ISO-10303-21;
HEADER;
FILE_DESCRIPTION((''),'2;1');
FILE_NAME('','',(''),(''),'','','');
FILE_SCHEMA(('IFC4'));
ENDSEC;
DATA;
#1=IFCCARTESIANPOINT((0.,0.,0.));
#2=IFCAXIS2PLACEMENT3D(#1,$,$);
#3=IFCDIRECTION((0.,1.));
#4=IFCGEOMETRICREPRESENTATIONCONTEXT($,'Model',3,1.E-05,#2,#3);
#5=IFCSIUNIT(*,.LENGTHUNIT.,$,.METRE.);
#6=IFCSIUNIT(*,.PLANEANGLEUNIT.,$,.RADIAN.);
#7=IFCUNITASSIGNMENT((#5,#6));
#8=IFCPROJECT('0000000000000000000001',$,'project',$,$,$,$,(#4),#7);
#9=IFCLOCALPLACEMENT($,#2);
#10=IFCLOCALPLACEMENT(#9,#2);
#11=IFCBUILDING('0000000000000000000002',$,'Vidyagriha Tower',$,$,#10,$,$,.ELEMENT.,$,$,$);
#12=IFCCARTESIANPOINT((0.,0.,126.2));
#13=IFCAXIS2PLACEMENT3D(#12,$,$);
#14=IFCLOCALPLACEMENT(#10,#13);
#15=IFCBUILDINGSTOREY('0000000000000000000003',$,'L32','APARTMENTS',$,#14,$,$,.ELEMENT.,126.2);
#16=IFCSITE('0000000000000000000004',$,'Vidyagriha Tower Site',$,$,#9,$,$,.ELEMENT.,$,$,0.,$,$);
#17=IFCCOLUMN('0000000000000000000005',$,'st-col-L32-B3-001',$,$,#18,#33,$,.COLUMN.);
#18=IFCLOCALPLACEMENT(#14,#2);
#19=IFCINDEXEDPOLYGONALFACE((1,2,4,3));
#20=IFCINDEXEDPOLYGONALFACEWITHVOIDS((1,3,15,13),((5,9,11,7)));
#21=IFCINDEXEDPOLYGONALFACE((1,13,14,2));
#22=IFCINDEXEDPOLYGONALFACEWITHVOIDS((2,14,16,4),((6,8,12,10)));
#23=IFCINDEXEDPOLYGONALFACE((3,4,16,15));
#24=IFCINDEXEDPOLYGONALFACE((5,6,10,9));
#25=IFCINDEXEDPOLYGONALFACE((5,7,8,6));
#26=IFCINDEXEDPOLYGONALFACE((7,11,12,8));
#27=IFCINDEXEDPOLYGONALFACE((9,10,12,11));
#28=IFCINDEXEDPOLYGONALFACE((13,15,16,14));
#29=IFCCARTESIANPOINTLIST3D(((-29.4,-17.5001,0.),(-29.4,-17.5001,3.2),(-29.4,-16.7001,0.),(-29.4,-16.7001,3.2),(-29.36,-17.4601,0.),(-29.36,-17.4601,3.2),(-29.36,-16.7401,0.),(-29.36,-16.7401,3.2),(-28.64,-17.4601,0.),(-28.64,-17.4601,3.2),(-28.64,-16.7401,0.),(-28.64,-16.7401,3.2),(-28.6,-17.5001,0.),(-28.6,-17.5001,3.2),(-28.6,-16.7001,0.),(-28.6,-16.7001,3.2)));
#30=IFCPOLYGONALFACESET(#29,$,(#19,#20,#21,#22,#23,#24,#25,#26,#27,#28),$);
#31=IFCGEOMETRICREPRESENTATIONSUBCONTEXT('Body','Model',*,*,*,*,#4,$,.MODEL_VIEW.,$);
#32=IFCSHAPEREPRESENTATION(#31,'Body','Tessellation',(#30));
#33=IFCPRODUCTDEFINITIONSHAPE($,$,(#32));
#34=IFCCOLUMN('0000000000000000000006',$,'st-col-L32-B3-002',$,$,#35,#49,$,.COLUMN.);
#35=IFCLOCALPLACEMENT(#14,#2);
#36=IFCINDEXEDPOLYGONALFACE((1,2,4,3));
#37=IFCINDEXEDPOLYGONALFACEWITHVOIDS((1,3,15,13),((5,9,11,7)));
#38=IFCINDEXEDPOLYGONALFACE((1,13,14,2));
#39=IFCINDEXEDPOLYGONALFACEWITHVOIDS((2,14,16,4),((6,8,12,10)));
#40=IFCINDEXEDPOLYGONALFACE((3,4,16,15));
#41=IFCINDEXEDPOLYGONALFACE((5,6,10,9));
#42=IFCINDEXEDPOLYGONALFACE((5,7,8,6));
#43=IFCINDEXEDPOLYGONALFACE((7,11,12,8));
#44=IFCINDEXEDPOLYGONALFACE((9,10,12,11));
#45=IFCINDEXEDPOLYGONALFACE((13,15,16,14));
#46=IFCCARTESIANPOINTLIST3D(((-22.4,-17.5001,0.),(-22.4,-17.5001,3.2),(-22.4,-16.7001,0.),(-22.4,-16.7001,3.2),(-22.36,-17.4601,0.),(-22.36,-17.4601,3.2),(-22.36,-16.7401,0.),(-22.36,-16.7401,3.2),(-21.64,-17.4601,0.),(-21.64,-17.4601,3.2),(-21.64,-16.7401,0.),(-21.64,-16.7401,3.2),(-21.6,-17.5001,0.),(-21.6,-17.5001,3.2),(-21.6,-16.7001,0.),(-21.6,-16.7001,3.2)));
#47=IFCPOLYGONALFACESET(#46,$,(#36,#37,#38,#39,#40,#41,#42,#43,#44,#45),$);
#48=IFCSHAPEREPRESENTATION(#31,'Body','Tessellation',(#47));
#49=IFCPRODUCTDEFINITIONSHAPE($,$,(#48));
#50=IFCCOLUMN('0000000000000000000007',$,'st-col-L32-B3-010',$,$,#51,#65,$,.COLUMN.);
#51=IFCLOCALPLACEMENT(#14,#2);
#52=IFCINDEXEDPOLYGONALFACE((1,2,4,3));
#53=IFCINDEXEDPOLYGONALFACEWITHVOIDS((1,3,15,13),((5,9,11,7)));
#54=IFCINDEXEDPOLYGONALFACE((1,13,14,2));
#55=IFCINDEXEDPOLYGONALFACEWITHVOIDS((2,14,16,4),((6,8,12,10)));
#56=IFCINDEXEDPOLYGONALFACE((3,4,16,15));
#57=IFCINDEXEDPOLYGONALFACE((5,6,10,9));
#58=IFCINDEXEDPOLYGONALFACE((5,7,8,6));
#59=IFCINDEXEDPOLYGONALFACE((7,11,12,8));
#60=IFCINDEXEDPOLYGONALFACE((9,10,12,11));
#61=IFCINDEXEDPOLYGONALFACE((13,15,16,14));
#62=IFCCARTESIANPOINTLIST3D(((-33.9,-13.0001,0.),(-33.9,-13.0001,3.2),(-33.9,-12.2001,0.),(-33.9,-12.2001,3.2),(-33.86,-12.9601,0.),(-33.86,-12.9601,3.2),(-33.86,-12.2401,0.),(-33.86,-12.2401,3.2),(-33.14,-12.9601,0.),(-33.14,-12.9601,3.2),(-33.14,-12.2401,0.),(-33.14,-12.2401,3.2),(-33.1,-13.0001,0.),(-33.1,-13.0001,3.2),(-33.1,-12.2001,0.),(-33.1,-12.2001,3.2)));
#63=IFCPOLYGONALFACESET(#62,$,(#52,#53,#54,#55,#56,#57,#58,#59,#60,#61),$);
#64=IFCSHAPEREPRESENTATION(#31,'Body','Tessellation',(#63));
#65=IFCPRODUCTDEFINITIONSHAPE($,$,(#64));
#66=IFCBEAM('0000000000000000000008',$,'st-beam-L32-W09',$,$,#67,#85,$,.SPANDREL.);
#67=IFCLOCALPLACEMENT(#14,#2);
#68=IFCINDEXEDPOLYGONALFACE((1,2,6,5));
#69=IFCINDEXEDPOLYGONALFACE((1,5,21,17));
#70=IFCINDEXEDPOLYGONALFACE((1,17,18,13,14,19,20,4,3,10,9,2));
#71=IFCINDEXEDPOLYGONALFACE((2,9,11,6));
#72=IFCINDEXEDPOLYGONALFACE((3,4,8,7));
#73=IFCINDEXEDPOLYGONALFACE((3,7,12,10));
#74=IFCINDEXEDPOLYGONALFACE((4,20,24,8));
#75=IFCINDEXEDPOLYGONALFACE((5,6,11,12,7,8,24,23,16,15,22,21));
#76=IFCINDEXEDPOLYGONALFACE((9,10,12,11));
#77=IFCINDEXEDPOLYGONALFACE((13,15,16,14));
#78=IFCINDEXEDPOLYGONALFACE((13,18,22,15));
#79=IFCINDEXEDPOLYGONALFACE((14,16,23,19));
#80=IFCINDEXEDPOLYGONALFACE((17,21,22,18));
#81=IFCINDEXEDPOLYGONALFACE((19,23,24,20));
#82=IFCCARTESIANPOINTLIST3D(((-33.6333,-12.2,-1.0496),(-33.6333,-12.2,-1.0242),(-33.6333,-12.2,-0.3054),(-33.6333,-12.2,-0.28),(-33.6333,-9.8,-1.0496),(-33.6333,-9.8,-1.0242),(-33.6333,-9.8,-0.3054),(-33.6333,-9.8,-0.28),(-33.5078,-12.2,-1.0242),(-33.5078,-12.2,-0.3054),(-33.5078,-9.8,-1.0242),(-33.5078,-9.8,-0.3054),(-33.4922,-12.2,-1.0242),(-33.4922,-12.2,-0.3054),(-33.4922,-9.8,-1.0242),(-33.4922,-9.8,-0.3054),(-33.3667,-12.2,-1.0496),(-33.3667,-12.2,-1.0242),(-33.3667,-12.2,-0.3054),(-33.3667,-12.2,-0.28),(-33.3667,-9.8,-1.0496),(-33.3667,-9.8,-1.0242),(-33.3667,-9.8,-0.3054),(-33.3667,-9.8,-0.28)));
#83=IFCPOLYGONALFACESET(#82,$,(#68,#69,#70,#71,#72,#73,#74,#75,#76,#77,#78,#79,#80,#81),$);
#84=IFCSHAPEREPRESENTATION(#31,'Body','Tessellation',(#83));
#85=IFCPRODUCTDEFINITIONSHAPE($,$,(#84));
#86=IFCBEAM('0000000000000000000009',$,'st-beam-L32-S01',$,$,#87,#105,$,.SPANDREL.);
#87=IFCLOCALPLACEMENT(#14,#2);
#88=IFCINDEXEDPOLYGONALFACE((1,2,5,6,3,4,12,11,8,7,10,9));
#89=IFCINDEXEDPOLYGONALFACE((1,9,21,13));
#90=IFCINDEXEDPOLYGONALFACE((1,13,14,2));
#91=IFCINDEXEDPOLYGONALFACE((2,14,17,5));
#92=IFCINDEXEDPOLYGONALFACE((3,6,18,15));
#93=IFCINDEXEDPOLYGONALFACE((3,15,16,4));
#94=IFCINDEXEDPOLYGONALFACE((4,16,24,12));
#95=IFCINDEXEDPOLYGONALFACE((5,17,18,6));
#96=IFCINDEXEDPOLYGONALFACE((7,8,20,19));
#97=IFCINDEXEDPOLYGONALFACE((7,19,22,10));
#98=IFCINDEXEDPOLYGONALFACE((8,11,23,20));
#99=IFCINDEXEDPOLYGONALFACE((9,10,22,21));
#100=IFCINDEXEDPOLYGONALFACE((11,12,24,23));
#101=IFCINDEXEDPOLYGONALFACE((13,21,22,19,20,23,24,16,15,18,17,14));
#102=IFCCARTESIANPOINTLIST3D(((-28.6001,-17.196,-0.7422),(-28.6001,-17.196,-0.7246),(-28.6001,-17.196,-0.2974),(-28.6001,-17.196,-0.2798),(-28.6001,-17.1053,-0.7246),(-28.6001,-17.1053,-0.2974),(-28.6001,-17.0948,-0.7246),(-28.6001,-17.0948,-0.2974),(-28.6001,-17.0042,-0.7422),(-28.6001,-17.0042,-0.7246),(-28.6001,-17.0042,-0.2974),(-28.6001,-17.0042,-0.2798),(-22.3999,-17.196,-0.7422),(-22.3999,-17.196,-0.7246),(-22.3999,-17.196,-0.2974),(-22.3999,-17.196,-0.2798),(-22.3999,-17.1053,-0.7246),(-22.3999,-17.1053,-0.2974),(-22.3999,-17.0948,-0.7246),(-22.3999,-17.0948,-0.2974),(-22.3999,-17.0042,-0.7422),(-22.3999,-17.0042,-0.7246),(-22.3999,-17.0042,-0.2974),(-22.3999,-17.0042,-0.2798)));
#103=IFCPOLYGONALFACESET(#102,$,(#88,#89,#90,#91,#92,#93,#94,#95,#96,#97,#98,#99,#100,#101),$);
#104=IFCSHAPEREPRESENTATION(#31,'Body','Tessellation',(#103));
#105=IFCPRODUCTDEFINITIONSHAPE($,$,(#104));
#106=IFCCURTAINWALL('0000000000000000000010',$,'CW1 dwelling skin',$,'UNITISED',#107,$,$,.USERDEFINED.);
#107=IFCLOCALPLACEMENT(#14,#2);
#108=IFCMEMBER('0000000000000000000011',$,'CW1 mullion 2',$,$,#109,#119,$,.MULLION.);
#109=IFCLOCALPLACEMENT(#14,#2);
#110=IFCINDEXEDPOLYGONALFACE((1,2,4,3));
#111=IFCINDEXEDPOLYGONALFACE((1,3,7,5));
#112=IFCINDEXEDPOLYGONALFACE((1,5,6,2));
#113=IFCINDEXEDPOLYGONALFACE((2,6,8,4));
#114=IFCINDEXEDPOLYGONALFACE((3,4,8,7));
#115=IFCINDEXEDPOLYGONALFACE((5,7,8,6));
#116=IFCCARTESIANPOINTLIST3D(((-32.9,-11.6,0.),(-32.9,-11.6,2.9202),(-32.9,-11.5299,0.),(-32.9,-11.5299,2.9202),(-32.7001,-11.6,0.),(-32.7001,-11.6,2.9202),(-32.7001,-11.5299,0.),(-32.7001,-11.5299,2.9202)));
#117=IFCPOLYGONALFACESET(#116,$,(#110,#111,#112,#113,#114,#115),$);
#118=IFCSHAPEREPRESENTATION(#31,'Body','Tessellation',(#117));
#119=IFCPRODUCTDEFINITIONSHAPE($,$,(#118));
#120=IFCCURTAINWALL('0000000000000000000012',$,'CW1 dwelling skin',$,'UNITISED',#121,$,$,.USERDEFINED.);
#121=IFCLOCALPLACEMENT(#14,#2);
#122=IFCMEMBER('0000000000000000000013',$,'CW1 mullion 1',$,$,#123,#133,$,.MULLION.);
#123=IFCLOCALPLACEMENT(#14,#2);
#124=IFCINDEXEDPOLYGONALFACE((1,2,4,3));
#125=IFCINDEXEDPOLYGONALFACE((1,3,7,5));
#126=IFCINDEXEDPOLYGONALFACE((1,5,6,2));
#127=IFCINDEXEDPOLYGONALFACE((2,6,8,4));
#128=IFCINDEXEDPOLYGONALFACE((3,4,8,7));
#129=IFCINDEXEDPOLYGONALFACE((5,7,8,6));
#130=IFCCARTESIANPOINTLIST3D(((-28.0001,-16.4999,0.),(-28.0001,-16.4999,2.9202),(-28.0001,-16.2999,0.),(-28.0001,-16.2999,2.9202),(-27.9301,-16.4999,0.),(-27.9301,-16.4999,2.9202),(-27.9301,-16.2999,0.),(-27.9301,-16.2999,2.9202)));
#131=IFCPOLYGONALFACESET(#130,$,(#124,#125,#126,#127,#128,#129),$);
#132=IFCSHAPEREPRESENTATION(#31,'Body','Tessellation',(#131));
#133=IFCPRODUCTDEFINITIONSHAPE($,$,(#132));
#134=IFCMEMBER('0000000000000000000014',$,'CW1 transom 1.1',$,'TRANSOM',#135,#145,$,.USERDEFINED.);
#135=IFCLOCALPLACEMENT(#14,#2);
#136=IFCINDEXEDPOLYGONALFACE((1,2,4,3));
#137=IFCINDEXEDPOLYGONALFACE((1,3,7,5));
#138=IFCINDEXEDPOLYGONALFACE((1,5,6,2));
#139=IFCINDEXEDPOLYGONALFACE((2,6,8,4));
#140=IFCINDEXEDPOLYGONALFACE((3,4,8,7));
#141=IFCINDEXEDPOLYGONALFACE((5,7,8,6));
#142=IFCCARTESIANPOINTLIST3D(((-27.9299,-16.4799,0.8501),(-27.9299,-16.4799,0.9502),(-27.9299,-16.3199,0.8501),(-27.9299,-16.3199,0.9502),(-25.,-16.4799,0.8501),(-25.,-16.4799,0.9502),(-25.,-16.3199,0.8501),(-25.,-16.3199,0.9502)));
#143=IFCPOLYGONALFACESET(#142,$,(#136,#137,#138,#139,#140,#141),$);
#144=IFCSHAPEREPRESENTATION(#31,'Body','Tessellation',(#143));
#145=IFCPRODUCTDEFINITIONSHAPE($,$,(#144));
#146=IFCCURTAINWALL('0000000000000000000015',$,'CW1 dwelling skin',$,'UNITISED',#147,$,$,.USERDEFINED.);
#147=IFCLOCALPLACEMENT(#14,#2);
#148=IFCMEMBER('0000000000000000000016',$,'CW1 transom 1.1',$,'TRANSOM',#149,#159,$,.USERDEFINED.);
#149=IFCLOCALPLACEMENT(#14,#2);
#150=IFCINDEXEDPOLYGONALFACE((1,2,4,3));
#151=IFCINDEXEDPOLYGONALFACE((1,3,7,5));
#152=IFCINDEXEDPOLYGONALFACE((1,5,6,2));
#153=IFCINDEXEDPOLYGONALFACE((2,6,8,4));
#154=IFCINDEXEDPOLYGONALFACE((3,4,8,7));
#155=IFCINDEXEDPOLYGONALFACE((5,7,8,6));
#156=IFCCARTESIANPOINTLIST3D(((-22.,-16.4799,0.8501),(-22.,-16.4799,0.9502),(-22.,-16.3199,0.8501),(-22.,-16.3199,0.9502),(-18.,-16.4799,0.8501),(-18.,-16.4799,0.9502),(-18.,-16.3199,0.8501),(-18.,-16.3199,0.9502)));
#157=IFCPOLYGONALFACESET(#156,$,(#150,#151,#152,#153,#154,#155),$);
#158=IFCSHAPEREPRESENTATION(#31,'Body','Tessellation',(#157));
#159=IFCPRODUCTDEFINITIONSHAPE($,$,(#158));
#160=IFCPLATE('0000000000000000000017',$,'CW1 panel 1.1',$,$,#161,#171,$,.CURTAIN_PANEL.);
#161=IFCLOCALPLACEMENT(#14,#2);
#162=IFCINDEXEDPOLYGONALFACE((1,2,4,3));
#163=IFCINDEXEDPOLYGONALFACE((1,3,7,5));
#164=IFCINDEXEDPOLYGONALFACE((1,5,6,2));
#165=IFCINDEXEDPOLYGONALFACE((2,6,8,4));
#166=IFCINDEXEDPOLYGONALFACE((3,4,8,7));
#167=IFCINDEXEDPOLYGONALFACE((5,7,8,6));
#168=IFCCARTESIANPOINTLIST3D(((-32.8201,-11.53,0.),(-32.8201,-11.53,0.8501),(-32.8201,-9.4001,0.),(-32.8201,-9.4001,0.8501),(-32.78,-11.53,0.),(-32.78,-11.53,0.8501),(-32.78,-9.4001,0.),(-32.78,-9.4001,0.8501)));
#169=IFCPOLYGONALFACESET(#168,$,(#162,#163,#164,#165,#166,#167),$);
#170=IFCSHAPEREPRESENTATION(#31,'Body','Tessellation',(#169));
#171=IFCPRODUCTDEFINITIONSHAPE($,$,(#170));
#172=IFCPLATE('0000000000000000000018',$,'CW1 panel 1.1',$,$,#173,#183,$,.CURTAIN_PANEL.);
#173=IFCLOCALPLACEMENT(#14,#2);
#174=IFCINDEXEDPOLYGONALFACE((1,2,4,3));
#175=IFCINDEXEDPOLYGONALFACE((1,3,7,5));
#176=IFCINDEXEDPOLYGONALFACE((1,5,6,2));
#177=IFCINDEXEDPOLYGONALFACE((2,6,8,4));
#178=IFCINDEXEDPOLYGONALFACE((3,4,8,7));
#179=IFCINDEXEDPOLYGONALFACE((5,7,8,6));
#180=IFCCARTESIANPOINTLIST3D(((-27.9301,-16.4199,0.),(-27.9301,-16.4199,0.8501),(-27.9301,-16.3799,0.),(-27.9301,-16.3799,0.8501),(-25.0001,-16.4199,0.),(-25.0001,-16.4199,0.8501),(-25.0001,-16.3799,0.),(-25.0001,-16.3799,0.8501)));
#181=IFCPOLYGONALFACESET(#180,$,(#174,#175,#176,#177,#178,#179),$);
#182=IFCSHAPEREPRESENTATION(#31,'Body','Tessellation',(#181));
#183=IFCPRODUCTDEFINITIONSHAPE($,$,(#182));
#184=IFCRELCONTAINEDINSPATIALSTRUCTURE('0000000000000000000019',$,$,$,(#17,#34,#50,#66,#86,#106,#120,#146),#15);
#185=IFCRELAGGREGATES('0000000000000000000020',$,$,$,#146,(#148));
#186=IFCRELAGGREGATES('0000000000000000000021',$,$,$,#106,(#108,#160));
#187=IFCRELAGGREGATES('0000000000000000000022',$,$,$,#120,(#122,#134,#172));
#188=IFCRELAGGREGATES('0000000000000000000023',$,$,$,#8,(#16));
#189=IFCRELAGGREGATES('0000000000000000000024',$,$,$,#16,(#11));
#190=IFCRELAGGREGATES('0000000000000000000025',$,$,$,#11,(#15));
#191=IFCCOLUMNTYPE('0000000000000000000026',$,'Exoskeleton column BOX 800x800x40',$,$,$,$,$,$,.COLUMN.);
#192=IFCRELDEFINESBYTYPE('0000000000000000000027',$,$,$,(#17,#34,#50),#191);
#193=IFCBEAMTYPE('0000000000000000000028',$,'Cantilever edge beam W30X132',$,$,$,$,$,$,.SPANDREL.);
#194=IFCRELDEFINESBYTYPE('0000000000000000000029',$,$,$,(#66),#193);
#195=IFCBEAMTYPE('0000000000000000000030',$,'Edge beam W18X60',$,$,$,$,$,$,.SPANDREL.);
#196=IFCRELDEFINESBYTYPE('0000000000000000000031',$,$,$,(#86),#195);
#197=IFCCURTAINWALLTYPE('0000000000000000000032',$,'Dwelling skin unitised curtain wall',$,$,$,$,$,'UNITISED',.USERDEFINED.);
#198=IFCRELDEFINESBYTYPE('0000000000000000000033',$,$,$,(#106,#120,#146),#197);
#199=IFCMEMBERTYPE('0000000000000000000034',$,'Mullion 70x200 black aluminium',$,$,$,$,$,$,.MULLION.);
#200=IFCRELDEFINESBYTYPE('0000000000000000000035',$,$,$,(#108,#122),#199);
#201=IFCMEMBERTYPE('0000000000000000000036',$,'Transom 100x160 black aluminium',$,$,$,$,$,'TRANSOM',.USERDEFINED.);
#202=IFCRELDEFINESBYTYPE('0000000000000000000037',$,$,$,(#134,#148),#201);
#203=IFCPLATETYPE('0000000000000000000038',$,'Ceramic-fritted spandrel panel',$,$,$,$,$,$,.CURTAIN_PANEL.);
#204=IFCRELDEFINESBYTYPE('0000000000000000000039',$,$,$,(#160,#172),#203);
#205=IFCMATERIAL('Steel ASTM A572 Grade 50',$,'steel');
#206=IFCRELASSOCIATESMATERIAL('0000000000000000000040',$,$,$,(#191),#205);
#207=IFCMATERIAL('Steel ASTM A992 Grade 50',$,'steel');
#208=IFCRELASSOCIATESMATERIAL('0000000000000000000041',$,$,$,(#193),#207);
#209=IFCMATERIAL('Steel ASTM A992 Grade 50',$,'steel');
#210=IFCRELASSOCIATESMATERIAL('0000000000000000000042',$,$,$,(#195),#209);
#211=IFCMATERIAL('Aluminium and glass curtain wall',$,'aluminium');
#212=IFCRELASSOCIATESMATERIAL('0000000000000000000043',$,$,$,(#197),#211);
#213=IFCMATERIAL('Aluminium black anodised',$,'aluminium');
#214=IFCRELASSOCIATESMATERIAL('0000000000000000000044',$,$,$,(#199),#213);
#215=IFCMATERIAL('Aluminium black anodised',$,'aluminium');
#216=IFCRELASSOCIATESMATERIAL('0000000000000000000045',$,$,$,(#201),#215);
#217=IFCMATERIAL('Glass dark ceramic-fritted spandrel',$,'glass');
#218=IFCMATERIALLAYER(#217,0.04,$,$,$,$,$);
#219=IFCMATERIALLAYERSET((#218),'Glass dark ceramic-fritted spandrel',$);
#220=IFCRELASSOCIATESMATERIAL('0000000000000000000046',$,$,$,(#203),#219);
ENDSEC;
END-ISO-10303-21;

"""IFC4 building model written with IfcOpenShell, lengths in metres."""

from ifc_helpers import new_model, si_unit, direction, frame, origin, origin_2d, place, context, subcontext, project, spatial, rectangle, hollow_rectangle, i_section, extrude, material, layer, layer_set, material_profile, profile_set, type_object, element, aggregate, save


model = new_model("IFC4")

# Units and contexts
model_context = context("Model", 3, precision=1e-05, world=origin(), true_north=direction((0.0, 1.0)))
body_context = subcontext(model_context, "Body", "Model", "MODEL_VIEW")
ifc_project = project(units=[si_unit("LENGTHUNIT", "METRE"), si_unit("PLANEANGLEUNIT", "RADIAN")], contexts=[model_context])

# Site, building, storey
site_placement = place(None, origin())
site = spatial("IfcSite", under=ifc_project, at=site_placement, Name="Vidyagriha Tower Site", CompositionType="ELEMENT", RefElevation=0.0)
building_placement = place(site_placement, origin())
building = spatial("IfcBuilding", under=site, at=building_placement, Name="Vidyagriha Tower", CompositionType="ELEMENT")
storey_placement = place(building_placement, frame((0.0, 0.0, 126.2)))
storey = spatial("IfcBuildingStorey", under=building, at=storey_placement, Name="L32", Description="APARTMENTS", CompositionType="ELEMENT", Elevation=126.2)

# Columns
ifc_material_1 = material(Name="Steel ASTM A572 Grade 50", Category="steel")
ifc_material_profile_1 = material_profile(ifc_material_1, hollow_rectangle(XDim=0.8, YDim=0.8, WallThickness=0.04, at=origin_2d()), Name="BOX 800x800x40")
ifc_profile_set_1 = profile_set([ifc_material_profile_1], Name="Steel ASTM A572 Grade 50")
column_type = type_object("IfcColumnType", Name="Exoskeleton column BOX 800x800x40", PredefinedType="COLUMN", material=ifc_profile_set_1)
for number, where, name in (
    (1, (-29.0, -17.1001, 0.0), "st-col-L32-B3-001"),
    (2, (-22.0, -17.1001, 0.0), "st-col-L32-B3-002"),
    (3, (-33.5, -12.6001, 0.0), "st-col-L32-B3-010"),
):
    element("IfcColumn", number, at=place(storey_placement, frame(where)), inside=storey, type_object=column_type, Name=name, PredefinedType="COLUMN", context=body_context, shape_type="SweptSolid", body=[
        extrude(hollow_rectangle(XDim=0.8, YDim=0.8, WallThickness=0.04, at=origin_2d()), origin(), (0.0, 0.0, 1.0), 3.2),
    ])

# Beams
ifc_material_2 = material(Name="Steel ASTM A992 Grade 50", Category="steel")
ifc_material_profile_2 = material_profile(ifc_material_2, i_section(OverallWidth=0.2666, OverallDepth=0.7695, WebThickness=0.0156, FlangeThickness=0.0254, at=origin_2d()), Name="W30X132")
ifc_profile_set_2 = profile_set([ifc_material_profile_2], Name="Steel ASTM A992 Grade 50")
beam_type_1 = type_object("IfcBeamType", Name="Cantilever edge beam W30X132", PredefinedType="SPANDREL", material=ifc_profile_set_2)
beam_1_placement = place(storey_placement, frame((-33.5, -12.2, -0.6648), z_axis=(0.0, 1.0, 0.0), x_axis=(-1.0, 0.0, 0.0)))
element("IfcBeam", 4, at=beam_1_placement, inside=storey, type_object=beam_type_1, Name="st-beam-L32-W09", PredefinedType="SPANDREL", context=body_context, shape_type="SweptSolid", body=[
    extrude(i_section(OverallWidth=0.2666, OverallDepth=0.7695, WebThickness=0.0156, FlangeThickness=0.0254, at=origin_2d()), origin(), (0.0, 0.0, 1.0), 2.3999),
])
ifc_material_3 = material(Name="Steel ASTM A992 Grade 50", Category="steel")
ifc_material_profile_3 = material_profile(ifc_material_3, i_section(OverallWidth=0.1919, OverallDepth=0.4624, WebThickness=0.0105, FlangeThickness=0.0176, at=origin_2d()), Name="W18X60")
ifc_profile_set_3 = profile_set([ifc_material_profile_3], Name="Steel ASTM A992 Grade 50")
beam_type_2 = type_object("IfcBeamType", Name="Edge beam W18X60", PredefinedType="SPANDREL", material=ifc_profile_set_3)
beam_2_placement = place(storey_placement, frame((-28.6001, -17.1001, -0.511), z_axis=(1.0, 0.0, 0.0), x_axis=(0.0, 1.0, 0.0)))
element("IfcBeam", 5, at=beam_2_placement, inside=storey, type_object=beam_type_2, Name="st-beam-L32-S01", PredefinedType="SPANDREL", context=body_context, shape_type="SweptSolid", body=[
    extrude(i_section(OverallWidth=0.1919, OverallDepth=0.4624, WebThickness=0.0105, FlangeThickness=0.0176, at=origin_2d()), origin(), (0.0, 0.0, 1.0), 6.2002),
])

# Curtain wall, member
ifc_material_4 = material(Name="Aluminium and glass curtain wall", Category="aluminium")
curtain_wall_type = type_object("IfcCurtainWallType", Name="Dwelling skin unitised curtain wall", ElementType="UNITISED", PredefinedType="USERDEFINED", material=ifc_material_4)
curtain_wall_1_placement = place(storey_placement, origin())
curtain_wall_1 = element("IfcCurtainWall", 6, at=curtain_wall_1_placement, inside=storey, type_object=curtain_wall_type, Name="CW1 dwelling skin", ObjectType="UNITISED", PredefinedType="USERDEFINED")
ifc_material_5 = material(Name="Aluminium black anodised", Category="aluminium")
ifc_material_profile_4 = material_profile(ifc_material_5, rectangle(XDim=0.2, YDim=0.0701, at=origin_2d()), Name="Mullion 70x200 black aluminium")
ifc_profile_set_4 = profile_set([ifc_material_profile_4], Name="Aluminium black anodised")
member_type_1 = type_object("IfcMemberType", Name="Mullion 70x200 black aluminium", PredefinedType="MULLION", material=ifc_profile_set_4)
member_1_placement = place(storey_placement, frame((-32.8, -11.5649, 0.0)))
member_1 = element("IfcMember", 7, at=member_1_placement, type_object=member_type_1, Name="CW1 mullion 2", PredefinedType="MULLION", context=body_context, shape_type="SweptSolid", body=[
    extrude(rectangle(XDim=0.2, YDim=0.0701, at=origin_2d()), origin(), (0.0, 0.0, 1.0), 2.9202),
])

# Curtain wall, members
curtain_wall_2_placement = place(storey_placement, origin())
curtain_wall_2 = element("IfcCurtainWall", 8, at=curtain_wall_2_placement, inside=storey, type_object=curtain_wall_type, Name="CW1 dwelling skin", ObjectType="UNITISED", PredefinedType="USERDEFINED")
member_2_placement = place(storey_placement, frame((-27.9651, -16.3999, 0.0), z_axis=(0.0, 0.0, 1.0), x_axis=(0.0, 1.0, 0.0)))
member_2 = element("IfcMember", 9, at=member_2_placement, type_object=member_type_1, Name="CW1 mullion 1", PredefinedType="MULLION", context=body_context, shape_type="SweptSolid", body=[
    extrude(rectangle(XDim=0.2, YDim=0.0701, at=origin_2d()), origin(), (0.0, 0.0, 1.0), 2.9202),
])
ifc_material_6 = material(Name="Aluminium black anodised", Category="aluminium")
ifc_material_profile_5 = material_profile(ifc_material_6, rectangle(XDim=0.1599, YDim=0.1001, at=origin_2d()), Name="Transom 100x160 black aluminium")
ifc_profile_set_5 = profile_set([ifc_material_profile_5], Name="Aluminium black anodised")
member_type_2 = type_object("IfcMemberType", Name="Transom 100x160 black aluminium", ElementType="TRANSOM", PredefinedType="USERDEFINED", material=ifc_profile_set_5)
member_3_placement = place(storey_placement, frame((-27.9299, -16.3999, 0.9001), z_axis=(1.0, 0.0, 0.0), x_axis=(0.0, 1.0, 0.0)))
member_3 = element("IfcMember", 10, at=member_3_placement, type_object=member_type_2, Name="CW1 transom 1.1", ObjectType="TRANSOM", PredefinedType="USERDEFINED", context=body_context, shape_type="SweptSolid", body=[
    extrude(rectangle(XDim=0.1599, YDim=0.1001, at=origin_2d()), origin(), (0.0, 0.0, 1.0), 2.9299),
])

# Curtain wall, member
curtain_wall_3_placement = place(storey_placement, origin())
curtain_wall_3 = element("IfcCurtainWall", 11, at=curtain_wall_3_placement, inside=storey, type_object=curtain_wall_type, Name="CW1 dwelling skin", ObjectType="UNITISED", PredefinedType="USERDEFINED")
member_4_placement = place(storey_placement, frame((-22.0, -16.3999, 0.9001), z_axis=(1.0, 0.0, 0.0), x_axis=(0.0, 1.0, 0.0)))
member_4 = element("IfcMember", 12, at=member_4_placement, type_object=member_type_2, Name="CW1 transom 1.1", ObjectType="TRANSOM", PredefinedType="USERDEFINED", context=body_context, shape_type="SweptSolid", body=[
    extrude(rectangle(XDim=0.1599, YDim=0.1001, at=origin_2d()), origin(), (0.0, 0.0, 1.0), 4.0),
])
aggregate(curtain_wall_3, [member_4])

# Plates
ifc_material_7 = material(Name="Glass dark ceramic-fritted spandrel", Category="glass")
ifc_layer_1 = layer(ifc_material_7, 0.04)
ifc_layer_set_1 = layer_set([ifc_layer_1], Name="Glass dark ceramic-fritted spandrel")
plate_type_1 = type_object("IfcPlateType", Name="Ceramic-fritted spandrel panel", PredefinedType="CURTAIN_PANEL", material=ifc_layer_set_1)
plate_1_placement = place(storey_placement, frame((-32.8, -10.4651, 0.0), z_axis=(0.0, 0.0, 1.0), x_axis=(0.0, -1.0, 0.0)))
plate_1 = element("IfcPlate", 13, at=plate_1_placement, type_object=plate_type_1, Name="CW1 panel 1.1", PredefinedType="CURTAIN_PANEL", context=body_context, shape_type="SweptSolid", body=[
    extrude(rectangle(XDim=2.1299, YDim=0.04, at=origin_2d()), origin(), (0.0, 0.0, 1.0), 0.8501),
])
aggregate(curtain_wall_1, [member_1, plate_1])
plate_2_placement = place(storey_placement, frame((-26.4651, -16.3999, 0.0)))
plate_2 = element("IfcPlate", 14, at=plate_2_placement, type_object=plate_type_1, Name="CW1 panel 1.1", PredefinedType="CURTAIN_PANEL", context=body_context, shape_type="SweptSolid", body=[
    extrude(rectangle(XDim=2.9299, YDim=0.04, at=origin_2d()), origin(), (0.0, 0.0, 1.0), 0.8501),
])
aggregate(curtain_wall_2, [member_2, member_3, plate_2])

save(model, "model.ifc")
